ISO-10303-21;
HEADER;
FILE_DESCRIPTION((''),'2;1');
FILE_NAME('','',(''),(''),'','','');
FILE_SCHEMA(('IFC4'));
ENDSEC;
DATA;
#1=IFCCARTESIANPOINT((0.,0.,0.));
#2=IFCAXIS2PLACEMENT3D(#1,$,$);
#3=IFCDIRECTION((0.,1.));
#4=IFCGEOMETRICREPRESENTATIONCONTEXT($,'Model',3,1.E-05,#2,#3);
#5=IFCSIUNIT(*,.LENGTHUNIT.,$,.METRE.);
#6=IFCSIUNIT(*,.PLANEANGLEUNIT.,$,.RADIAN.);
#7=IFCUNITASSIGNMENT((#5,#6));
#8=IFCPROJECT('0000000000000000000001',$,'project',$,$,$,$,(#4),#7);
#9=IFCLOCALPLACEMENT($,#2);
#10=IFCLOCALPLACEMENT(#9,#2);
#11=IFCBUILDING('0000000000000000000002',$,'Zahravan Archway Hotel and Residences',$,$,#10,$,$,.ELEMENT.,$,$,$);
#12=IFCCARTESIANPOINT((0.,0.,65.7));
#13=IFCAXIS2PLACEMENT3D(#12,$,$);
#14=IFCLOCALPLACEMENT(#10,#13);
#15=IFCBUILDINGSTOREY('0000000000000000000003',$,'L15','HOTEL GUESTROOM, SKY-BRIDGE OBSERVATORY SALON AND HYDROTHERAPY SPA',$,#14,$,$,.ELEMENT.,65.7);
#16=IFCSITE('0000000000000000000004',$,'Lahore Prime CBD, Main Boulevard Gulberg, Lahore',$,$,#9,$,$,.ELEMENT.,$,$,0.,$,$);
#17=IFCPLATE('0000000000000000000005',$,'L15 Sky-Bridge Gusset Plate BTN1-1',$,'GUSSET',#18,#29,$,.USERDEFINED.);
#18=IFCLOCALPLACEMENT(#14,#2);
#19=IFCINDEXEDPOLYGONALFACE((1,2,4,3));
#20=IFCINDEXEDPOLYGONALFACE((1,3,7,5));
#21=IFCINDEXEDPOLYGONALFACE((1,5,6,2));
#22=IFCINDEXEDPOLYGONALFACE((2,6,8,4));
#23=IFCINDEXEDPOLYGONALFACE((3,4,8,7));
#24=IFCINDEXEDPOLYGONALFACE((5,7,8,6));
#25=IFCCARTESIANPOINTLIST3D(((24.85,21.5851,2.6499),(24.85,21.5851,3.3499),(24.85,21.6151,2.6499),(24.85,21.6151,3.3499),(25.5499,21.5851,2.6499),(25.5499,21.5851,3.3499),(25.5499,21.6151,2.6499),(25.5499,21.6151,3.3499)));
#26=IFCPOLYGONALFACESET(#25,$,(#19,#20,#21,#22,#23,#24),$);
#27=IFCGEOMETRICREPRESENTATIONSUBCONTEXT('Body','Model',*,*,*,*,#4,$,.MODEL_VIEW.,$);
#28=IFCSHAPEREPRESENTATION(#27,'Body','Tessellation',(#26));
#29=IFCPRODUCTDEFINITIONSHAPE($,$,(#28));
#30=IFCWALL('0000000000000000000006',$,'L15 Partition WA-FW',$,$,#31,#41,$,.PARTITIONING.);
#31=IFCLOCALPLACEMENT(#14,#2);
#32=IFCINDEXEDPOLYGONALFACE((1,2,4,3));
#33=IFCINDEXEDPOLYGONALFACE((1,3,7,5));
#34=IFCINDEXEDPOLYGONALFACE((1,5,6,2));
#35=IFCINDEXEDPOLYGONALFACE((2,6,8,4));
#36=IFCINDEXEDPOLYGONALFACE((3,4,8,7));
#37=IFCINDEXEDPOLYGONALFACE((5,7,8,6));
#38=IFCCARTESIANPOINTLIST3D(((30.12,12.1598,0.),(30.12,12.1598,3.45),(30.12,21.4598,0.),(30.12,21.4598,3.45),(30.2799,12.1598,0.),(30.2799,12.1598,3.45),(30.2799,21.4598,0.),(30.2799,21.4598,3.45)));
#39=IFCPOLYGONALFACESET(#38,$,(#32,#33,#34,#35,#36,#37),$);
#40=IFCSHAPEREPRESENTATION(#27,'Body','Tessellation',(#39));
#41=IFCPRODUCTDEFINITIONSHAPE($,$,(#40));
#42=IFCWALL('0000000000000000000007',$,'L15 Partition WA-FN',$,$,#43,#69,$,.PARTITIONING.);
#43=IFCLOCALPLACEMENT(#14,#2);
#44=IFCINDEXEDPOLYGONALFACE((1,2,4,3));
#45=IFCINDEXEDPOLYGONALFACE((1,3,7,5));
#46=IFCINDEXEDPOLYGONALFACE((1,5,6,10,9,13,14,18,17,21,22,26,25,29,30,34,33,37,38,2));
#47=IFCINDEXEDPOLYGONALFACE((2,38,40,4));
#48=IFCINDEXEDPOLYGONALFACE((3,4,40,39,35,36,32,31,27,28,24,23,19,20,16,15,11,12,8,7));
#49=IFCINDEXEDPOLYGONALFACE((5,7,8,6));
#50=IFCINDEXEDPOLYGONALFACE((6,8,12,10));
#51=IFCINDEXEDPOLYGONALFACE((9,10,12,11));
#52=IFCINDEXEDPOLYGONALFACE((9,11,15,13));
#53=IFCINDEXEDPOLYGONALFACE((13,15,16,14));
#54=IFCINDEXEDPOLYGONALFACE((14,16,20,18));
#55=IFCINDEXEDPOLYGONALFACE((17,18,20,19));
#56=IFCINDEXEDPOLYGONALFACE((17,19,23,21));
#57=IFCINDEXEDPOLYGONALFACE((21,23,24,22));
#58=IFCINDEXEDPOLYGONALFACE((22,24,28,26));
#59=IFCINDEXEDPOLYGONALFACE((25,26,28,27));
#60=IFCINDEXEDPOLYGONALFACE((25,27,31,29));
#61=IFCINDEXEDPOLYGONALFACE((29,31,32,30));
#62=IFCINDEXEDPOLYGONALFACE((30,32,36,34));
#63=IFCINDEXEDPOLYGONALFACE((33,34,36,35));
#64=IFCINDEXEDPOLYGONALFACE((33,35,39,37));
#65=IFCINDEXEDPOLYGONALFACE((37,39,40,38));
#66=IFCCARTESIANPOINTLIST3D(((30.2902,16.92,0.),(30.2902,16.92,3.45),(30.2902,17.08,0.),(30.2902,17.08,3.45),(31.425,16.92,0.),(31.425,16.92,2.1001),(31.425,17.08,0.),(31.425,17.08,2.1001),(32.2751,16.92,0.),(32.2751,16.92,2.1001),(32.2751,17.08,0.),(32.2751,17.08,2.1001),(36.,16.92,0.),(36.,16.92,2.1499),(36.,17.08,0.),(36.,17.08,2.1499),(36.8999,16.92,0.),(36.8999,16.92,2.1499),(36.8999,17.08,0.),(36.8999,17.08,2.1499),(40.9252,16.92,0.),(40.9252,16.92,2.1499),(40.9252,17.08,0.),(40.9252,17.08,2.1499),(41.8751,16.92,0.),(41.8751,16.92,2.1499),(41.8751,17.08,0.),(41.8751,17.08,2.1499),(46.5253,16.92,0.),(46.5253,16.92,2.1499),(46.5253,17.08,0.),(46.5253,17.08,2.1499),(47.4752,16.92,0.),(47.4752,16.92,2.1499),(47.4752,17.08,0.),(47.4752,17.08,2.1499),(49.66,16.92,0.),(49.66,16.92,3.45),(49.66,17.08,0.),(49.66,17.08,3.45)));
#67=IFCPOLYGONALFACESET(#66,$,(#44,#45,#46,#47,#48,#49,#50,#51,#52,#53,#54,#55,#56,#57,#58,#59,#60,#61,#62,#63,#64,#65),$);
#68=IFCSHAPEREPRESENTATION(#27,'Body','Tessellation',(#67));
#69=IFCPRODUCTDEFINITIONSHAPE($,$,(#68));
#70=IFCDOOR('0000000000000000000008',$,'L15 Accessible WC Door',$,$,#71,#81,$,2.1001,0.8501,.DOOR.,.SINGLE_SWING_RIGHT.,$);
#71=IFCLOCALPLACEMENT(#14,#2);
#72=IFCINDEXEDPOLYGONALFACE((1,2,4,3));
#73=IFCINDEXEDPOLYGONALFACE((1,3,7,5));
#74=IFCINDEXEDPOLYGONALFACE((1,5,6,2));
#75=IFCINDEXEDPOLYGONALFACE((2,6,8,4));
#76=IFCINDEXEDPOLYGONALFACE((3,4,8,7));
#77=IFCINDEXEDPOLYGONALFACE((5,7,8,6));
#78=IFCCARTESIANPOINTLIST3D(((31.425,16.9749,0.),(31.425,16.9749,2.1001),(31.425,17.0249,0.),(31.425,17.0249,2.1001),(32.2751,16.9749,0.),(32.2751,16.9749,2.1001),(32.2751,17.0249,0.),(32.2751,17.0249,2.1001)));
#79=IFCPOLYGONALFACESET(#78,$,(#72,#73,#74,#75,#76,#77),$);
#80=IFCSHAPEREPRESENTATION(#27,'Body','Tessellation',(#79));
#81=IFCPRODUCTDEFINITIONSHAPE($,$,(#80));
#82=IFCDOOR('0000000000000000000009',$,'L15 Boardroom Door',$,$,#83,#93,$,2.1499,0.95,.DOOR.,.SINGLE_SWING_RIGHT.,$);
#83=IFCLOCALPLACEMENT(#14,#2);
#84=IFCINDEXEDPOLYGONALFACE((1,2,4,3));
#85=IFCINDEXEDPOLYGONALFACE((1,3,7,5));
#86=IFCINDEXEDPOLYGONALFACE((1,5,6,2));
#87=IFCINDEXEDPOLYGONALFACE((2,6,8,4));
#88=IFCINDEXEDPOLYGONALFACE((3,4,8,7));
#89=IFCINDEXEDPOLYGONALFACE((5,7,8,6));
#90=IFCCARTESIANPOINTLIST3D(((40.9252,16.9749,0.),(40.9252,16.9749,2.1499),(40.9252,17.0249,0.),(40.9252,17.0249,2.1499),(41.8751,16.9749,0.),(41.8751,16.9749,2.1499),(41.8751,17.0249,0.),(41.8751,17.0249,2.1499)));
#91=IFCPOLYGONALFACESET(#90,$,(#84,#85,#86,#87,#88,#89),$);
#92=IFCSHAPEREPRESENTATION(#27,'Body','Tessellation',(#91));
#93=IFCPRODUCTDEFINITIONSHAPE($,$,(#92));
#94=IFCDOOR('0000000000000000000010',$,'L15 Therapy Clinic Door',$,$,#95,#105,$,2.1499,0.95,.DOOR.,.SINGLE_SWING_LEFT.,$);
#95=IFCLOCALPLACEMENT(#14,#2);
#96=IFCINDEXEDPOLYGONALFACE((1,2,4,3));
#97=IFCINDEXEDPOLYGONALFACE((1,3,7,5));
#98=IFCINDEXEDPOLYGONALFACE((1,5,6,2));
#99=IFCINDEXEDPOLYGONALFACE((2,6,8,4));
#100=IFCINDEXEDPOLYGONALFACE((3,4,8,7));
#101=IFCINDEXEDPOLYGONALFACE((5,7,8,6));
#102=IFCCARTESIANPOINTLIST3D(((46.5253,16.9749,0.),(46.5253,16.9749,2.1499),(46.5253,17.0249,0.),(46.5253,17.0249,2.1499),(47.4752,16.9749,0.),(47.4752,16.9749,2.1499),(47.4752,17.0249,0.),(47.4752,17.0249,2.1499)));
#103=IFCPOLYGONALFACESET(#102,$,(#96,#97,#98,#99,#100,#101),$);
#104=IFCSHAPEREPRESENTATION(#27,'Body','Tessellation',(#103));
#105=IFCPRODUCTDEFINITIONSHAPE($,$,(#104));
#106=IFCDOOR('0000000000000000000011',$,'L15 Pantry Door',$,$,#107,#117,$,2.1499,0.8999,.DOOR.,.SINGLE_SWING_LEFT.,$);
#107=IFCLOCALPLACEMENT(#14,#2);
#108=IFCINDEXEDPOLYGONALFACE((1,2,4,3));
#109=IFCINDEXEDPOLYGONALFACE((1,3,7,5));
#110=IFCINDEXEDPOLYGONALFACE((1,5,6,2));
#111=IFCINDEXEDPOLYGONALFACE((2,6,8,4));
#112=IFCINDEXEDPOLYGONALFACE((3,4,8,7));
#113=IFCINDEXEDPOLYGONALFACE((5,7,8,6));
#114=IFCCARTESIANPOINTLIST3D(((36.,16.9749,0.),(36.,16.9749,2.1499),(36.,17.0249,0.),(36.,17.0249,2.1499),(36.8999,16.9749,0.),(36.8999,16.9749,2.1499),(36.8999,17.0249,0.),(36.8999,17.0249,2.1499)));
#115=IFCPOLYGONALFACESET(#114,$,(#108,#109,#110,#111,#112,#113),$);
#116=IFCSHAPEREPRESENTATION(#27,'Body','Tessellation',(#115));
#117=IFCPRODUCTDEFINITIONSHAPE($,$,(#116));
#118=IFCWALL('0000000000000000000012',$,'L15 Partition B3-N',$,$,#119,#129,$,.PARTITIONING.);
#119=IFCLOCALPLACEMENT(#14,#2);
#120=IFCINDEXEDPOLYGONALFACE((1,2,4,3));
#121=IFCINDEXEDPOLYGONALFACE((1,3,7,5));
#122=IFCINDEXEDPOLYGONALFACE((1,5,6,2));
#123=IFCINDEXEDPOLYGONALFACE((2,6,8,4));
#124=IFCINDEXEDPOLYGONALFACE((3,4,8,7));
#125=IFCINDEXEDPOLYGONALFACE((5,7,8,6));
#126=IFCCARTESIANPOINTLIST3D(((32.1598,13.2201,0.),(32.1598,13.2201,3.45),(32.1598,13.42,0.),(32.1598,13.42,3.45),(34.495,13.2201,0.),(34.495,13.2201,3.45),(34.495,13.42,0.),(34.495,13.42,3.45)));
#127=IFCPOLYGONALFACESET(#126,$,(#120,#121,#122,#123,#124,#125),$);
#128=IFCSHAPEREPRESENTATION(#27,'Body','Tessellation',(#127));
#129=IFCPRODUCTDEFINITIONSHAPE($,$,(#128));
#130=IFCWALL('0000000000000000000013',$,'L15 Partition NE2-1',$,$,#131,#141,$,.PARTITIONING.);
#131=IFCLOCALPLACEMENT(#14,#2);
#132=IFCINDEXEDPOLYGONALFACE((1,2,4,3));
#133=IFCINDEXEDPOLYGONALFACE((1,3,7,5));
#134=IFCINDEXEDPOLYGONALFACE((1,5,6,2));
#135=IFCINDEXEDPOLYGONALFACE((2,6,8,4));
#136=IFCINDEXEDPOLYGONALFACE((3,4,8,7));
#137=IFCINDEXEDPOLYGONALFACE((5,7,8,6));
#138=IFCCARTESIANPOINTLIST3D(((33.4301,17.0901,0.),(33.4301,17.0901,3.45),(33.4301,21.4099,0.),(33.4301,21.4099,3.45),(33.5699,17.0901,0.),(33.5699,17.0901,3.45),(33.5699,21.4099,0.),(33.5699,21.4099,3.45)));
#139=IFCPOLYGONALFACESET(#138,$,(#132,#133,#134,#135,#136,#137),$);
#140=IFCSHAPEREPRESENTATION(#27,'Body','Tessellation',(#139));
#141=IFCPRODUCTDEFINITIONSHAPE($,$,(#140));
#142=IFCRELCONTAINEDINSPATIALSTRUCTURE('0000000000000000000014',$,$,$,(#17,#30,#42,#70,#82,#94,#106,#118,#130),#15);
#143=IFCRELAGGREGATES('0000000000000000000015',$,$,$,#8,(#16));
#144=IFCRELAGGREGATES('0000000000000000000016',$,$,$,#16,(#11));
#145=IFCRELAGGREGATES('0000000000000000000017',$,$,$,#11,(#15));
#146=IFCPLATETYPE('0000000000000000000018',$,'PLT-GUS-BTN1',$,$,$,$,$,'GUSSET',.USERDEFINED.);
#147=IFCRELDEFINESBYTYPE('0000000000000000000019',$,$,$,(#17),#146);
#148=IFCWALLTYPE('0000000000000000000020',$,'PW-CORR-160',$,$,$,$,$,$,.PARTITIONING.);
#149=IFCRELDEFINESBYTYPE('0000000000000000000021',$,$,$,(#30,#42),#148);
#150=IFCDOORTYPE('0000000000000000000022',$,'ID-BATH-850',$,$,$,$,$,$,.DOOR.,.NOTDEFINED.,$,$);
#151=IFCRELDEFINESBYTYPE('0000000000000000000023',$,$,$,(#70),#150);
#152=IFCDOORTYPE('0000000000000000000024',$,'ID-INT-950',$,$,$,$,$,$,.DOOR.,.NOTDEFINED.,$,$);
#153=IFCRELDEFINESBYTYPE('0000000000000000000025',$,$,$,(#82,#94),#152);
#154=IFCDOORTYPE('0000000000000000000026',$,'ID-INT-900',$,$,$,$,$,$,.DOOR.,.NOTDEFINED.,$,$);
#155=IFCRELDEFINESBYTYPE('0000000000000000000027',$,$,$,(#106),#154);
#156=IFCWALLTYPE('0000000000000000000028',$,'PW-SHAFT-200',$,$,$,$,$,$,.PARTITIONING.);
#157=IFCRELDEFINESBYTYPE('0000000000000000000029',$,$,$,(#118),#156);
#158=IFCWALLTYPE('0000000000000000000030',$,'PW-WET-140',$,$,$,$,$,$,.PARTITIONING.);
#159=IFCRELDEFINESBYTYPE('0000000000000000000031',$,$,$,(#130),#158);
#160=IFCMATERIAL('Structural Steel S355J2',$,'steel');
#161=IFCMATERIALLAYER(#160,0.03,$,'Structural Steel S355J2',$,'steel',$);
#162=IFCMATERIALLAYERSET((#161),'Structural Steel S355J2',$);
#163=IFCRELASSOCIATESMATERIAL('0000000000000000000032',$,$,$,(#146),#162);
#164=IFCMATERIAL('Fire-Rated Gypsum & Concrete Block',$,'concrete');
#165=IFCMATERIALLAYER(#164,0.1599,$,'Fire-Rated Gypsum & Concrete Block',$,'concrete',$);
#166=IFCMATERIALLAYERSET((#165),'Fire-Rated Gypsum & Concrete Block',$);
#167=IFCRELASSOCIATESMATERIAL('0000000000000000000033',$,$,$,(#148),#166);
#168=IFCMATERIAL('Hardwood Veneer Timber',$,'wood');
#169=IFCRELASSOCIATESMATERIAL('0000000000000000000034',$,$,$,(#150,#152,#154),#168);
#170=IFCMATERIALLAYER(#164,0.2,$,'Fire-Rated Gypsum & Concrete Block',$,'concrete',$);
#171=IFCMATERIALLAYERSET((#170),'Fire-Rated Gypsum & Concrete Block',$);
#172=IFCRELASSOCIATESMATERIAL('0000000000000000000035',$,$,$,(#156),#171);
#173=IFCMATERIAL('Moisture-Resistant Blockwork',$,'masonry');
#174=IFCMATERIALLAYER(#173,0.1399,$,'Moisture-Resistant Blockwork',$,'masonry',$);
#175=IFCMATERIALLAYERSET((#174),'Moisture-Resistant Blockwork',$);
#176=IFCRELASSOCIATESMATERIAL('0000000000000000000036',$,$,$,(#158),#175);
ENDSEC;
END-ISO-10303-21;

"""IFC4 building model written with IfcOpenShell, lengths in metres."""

from ifc_helpers import new_model, si_unit, direction, frame, frame_2d, origin, origin_2d, place, context, subcontext, project, spatial, rectangle, extrude, source, transform, mapped, material, layer, layer_set, type_object, type_shapes, element, fill, save


model = new_model("IFC4")

# Units and contexts
model_context = context("Model", 3, precision=1e-05, world=origin(), true_north=direction((0.0, 1.0)))
body_context = subcontext(model_context, "Body", "Model", "MODEL_VIEW")
ifc_project = project(units=[si_unit("LENGTHUNIT", "METRE"), si_unit("PLANEANGLEUNIT", "RADIAN")], contexts=[model_context])

# Site, building, storey
site_placement = place(None, origin())
site = spatial("IfcSite", under=ifc_project, at=site_placement, Name="Lahore Prime CBD, Main Boulevard Gulberg, Lahore", CompositionType="ELEMENT", RefElevation=0.0)
building_placement = place(site_placement, origin())
building = spatial("IfcBuilding", under=site, at=building_placement, Name="Zahravan Archway Hotel and Residences", CompositionType="ELEMENT")
storey_placement = place(building_placement, frame((0.0, 0.0, 65.7)))
storey = spatial("IfcBuildingStorey", under=building, at=storey_placement, Name="L15", Description="HOTEL GUESTROOM, SKY-BRIDGE OBSERVATORY SALON AND HYDROTHERAPY SPA", CompositionType="ELEMENT", Elevation=65.7)

# Shared definitions
ifc_material_1 = material(Name="Structural Steel S355J2", Category="steel")

# Plate
ifc_layer_1 = layer(ifc_material_1, 0.03, Name="Structural Steel S355J2", Category="steel")
ifc_layer_set_1 = layer_set([ifc_layer_1], Name="Structural Steel S355J2")
plate_type = type_object("IfcPlateType", Name="PLT-GUS-BTN1", ElementType="GUSSET", PredefinedType="USERDEFINED", material=ifc_layer_set_1)
shared_shape_1 = source(origin(), body_context, "Body", "SweptSolid", [
    extrude(rectangle(XDim=0.7, YDim=0.03, at=origin_2d()), origin(), (0.0, 0.0, 1.0), 0.7),
])
type_shapes(plate_type, [shared_shape_1])
plate_placement = place(storey_placement, frame((25.2, 21.6001, 2.6499), z_axis=(0.0, 0.0, 1.0), x_axis=(1.0, 0.0, 0.0)))
element("IfcPlate", 1, at=plate_placement, inside=storey, type_object=plate_type, Name="L15 Sky-Bridge Gusset Plate BTN1-1", ObjectType="GUSSET", PredefinedType="USERDEFINED", context=body_context, shape_type="MappedRepresentation", body=[
    mapped(shared_shape_1, transform((0.0, 0.0, 0.0), scale=1.0)),
])

# Wall
ifc_material_2 = material(Name="Fire-Rated Gypsum & Concrete Block", Category="concrete")
ifc_layer_2 = layer(ifc_material_2, 0.1599, Name="Fire-Rated Gypsum & Concrete Block", Category="concrete")
ifc_layer_set_2 = layer_set([ifc_layer_2], Name="Fire-Rated Gypsum & Concrete Block")
wall_type_1 = type_object("IfcWallType", Name="PW-CORR-160", PredefinedType="PARTITIONING", material=ifc_layer_set_2)
wall_1_placement = place(storey_placement, frame((30.2, 12.1599, 0.0), z_axis=(0.0, 0.0, 1.0), x_axis=(0.0, 1.0, 0.0)))
element("IfcWall", 2, at=wall_1_placement, inside=storey, type_object=wall_type_1, Name="L15 Partition WA-FW", PredefinedType="PARTITIONING", context=body_context, shape_type="SweptSolid", body=[
    extrude(rectangle(XDim=9.3, YDim=0.1599, at=frame_2d((4.6499, 0.0))), origin(), (0.0, 0.0, 1.0), 3.45),
])

# Wall, openings, doors
wall_2_placement = place(storey_placement, frame((30.29, 17.0, 0.0), z_axis=(0.0, 0.0, 1.0), x_axis=(1.0, 0.0, 0.0)))
wall_2 = element("IfcWall", 3, at=wall_2_placement, inside=storey, type_object=wall_type_1, Name="L15 Partition WA-FN", PredefinedType="PARTITIONING", context=body_context, shape_type="SweptSolid", body=[
    extrude(rectangle(XDim=19.3699, YDim=0.1599, at=frame_2d((9.6851, 0.0))), origin(), (0.0, 0.0, 1.0), 3.45),
])
opening_1_placement = place(wall_2_placement, frame((1.135, 0.0, 0.0)))
opening_1 = element("IfcOpeningElement", 4, at=opening_1_placement, cuts=wall_2, PredefinedType="OPENING", context=body_context, shape_type="SweptSolid", body=[
    extrude(rectangle(XDim=0.8501, YDim=2.1001, at=frame_2d((0.425, 1.05))), frame((0.0, 0.0898, 0.0), z_axis=(0.0, -1.0, 0.0), x_axis=(1.0, 0.0, 0.0)), (0.0, 0.0, 1.0), 0.1799),
])
opening_2_placement = place(wall_2_placement, frame((5.71, 0.0, 0.0)))
opening_2 = element("IfcOpeningElement", 5, at=opening_2_placement, cuts=wall_2, PredefinedType="OPENING", context=body_context, shape_type="SweptSolid", body=[
    extrude(rectangle(XDim=0.8999, YDim=2.1499, at=frame_2d((0.45, 1.075))), frame((0.0, 0.0898, 0.0), z_axis=(0.0, -1.0, 0.0), x_axis=(1.0, 0.0, 0.0)), (0.0, 0.0, 1.0), 0.1799),
])
opening_3_placement = place(wall_2_placement, frame((10.635, 0.0, 0.0)))
opening_3 = element("IfcOpeningElement", 6, at=opening_3_placement, cuts=wall_2, PredefinedType="OPENING", context=body_context, shape_type="SweptSolid", body=[
    extrude(rectangle(XDim=0.95, YDim=2.1499, at=frame_2d((0.4751, 1.075))), frame((0.0, 0.0898, 0.0), z_axis=(0.0, -1.0, 0.0), x_axis=(1.0, 0.0, 0.0)), (0.0, 0.0, 1.0), 0.1799),
])
opening_4_placement = place(wall_2_placement, frame((16.2351, 0.0, 0.0)))
opening_4 = element("IfcOpeningElement", 7, at=opening_4_placement, cuts=wall_2, PredefinedType="OPENING", context=body_context, shape_type="SweptSolid", body=[
    extrude(rectangle(XDim=0.95, YDim=2.1499, at=frame_2d((0.4751, 1.075))), frame((0.0, 0.0898, 0.0), z_axis=(0.0, -1.0, 0.0), x_axis=(1.0, 0.0, 0.0)), (0.0, 0.0, 1.0), 0.1799),
])
ifc_material_3 = material(Name="Hardwood Veneer Timber", Category="wood")
door_type_1 = type_object("IfcDoorType", Name="ID-BATH-850", OperationType="NOTDEFINED", PredefinedType="DOOR", material=ifc_material_3)
shared_shape_2 = source(origin(), body_context, "Body", "SweptSolid", [
    extrude(rectangle(XDim=0.8501, YDim=2.1001, at=frame_2d((0.425, 1.05))), frame((0.0, 0.0249, 0.0), z_axis=(0.0, -1.0, 0.0), x_axis=(1.0, 0.0, 0.0)), (0.0, 0.0, 1.0), 0.05),
])
type_shapes(door_type_1, [shared_shape_2])
door_1_placement = place(opening_1_placement, origin())
door_1 = element("IfcDoor", 8, at=door_1_placement, inside=storey, type_object=door_type_1, Name="L15 Accessible WC Door", OperationType="SINGLE_SWING_RIGHT", OverallHeight=2.1001, OverallWidth=0.8501, PredefinedType="DOOR", context=body_context, shape_type="MappedRepresentation", body=[
    mapped(shared_shape_2, transform((0.0, 0.0, 0.0), scale=1.0)),
])
fill(opening_1, door_1)
door_type_2 = type_object("IfcDoorType", Name="ID-INT-950", OperationType="NOTDEFINED", PredefinedType="DOOR", material=ifc_material_3)
shared_shape_3 = source(origin(), body_context, "Body", "SweptSolid", [
    extrude(rectangle(XDim=0.95, YDim=2.1499, at=frame_2d((0.4751, 1.075))), frame((0.0, 0.0249, 0.0), z_axis=(0.0, -1.0, 0.0), x_axis=(1.0, 0.0, 0.0)), (0.0, 0.0, 1.0), 0.05),
])
type_shapes(door_type_2, [shared_shape_3])
door_2_placement = place(opening_3_placement, origin())
door_2 = element("IfcDoor", 9, at=door_2_placement, inside=storey, type_object=door_type_2, Name="L15 Boardroom Door", OperationType="SINGLE_SWING_RIGHT", OverallHeight=2.1499, OverallWidth=0.95, PredefinedType="DOOR", context=body_context, shape_type="MappedRepresentation", body=[
    mapped(shared_shape_3, transform((0.0, 0.0, 0.0), scale=1.0)),
])
fill(opening_3, door_2)
door_3_placement = place(opening_4_placement, origin())
door_3 = element("IfcDoor", 10, at=door_3_placement, inside=storey, type_object=door_type_2, Name="L15 Therapy Clinic Door", OperationType="SINGLE_SWING_LEFT", OverallHeight=2.1499, OverallWidth=0.95, PredefinedType="DOOR", context=body_context, shape_type="MappedRepresentation", body=[
    mapped(shared_shape_3, transform((0.0, 0.0, 0.0), scale=1.0)),
])
fill(opening_4, door_3)
door_type_3 = type_object("IfcDoorType", Name="ID-INT-900", OperationType="NOTDEFINED", PredefinedType="DOOR", material=ifc_material_3)
shared_shape_4 = source(origin(), body_context, "Body", "SweptSolid", [
    extrude(rectangle(XDim=0.8999, YDim=2.1499, at=frame_2d((0.45, 1.075))), frame((0.0, 0.0249, 0.0), z_axis=(0.0, -1.0, 0.0), x_axis=(1.0, 0.0, 0.0)), (0.0, 0.0, 1.0), 0.05),
])
type_shapes(door_type_3, [shared_shape_4])
door_4_placement = place(opening_2_placement, origin())
door_4 = element("IfcDoor", 11, at=door_4_placement, inside=storey, type_object=door_type_3, Name="L15 Pantry Door", OperationType="SINGLE_SWING_LEFT", OverallHeight=2.1499, OverallWidth=0.8999, PredefinedType="DOOR", context=body_context, shape_type="MappedRepresentation", body=[
    mapped(shared_shape_4, transform((0.0, 0.0, 0.0), scale=1.0)),
])
fill(opening_2, door_4)

# Walls
ifc_layer_3 = layer(ifc_material_2, 0.2, Name="Fire-Rated Gypsum & Concrete Block", Category="concrete")
ifc_layer_set_3 = layer_set([ifc_layer_3], Name="Fire-Rated Gypsum & Concrete Block")
wall_type_2 = type_object("IfcWallType", Name="PW-SHAFT-200", PredefinedType="PARTITIONING", material=ifc_layer_set_3)
wall_3_placement = place(storey_placement, frame((32.1599, 13.3201, 0.0), z_axis=(0.0, 0.0, 1.0), x_axis=(1.0, 0.0, 0.0)))
element("IfcWall", 12, at=wall_3_placement, inside=storey, type_object=wall_type_2, Name="L15 Partition B3-N", PredefinedType="PARTITIONING", context=body_context, shape_type="SweptSolid", body=[
    extrude(rectangle(XDim=2.3352, YDim=0.2, at=frame_2d((1.1675, 0.0))), origin(), (0.0, 0.0, 1.0), 3.45),
])
ifc_material_4 = material(Name="Moisture-Resistant Blockwork", Category="masonry")
ifc_layer_4 = layer(ifc_material_4, 0.1399, Name="Moisture-Resistant Blockwork", Category="masonry")
ifc_layer_set_4 = layer_set([ifc_layer_4], Name="Moisture-Resistant Blockwork")
wall_type_3 = type_object("IfcWallType", Name="PW-WET-140", PredefinedType="PARTITIONING", material=ifc_layer_set_4)
wall_4_placement = place(storey_placement, frame((33.5, 17.0901, 0.0), z_axis=(0.0, 0.0, 1.0), x_axis=(0.0, 1.0, 0.0)))
element("IfcWall", 13, at=wall_4_placement, inside=storey, type_object=wall_type_3, Name="L15 Partition NE2-1", PredefinedType="PARTITIONING", context=body_context, shape_type="SweptSolid", body=[
    extrude(rectangle(XDim=4.3198, YDim=0.1399, at=frame_2d((2.1599, 0.0))), origin(), (0.0, 0.0, 1.0), 3.45),
])

save(model, "model.ifc")
